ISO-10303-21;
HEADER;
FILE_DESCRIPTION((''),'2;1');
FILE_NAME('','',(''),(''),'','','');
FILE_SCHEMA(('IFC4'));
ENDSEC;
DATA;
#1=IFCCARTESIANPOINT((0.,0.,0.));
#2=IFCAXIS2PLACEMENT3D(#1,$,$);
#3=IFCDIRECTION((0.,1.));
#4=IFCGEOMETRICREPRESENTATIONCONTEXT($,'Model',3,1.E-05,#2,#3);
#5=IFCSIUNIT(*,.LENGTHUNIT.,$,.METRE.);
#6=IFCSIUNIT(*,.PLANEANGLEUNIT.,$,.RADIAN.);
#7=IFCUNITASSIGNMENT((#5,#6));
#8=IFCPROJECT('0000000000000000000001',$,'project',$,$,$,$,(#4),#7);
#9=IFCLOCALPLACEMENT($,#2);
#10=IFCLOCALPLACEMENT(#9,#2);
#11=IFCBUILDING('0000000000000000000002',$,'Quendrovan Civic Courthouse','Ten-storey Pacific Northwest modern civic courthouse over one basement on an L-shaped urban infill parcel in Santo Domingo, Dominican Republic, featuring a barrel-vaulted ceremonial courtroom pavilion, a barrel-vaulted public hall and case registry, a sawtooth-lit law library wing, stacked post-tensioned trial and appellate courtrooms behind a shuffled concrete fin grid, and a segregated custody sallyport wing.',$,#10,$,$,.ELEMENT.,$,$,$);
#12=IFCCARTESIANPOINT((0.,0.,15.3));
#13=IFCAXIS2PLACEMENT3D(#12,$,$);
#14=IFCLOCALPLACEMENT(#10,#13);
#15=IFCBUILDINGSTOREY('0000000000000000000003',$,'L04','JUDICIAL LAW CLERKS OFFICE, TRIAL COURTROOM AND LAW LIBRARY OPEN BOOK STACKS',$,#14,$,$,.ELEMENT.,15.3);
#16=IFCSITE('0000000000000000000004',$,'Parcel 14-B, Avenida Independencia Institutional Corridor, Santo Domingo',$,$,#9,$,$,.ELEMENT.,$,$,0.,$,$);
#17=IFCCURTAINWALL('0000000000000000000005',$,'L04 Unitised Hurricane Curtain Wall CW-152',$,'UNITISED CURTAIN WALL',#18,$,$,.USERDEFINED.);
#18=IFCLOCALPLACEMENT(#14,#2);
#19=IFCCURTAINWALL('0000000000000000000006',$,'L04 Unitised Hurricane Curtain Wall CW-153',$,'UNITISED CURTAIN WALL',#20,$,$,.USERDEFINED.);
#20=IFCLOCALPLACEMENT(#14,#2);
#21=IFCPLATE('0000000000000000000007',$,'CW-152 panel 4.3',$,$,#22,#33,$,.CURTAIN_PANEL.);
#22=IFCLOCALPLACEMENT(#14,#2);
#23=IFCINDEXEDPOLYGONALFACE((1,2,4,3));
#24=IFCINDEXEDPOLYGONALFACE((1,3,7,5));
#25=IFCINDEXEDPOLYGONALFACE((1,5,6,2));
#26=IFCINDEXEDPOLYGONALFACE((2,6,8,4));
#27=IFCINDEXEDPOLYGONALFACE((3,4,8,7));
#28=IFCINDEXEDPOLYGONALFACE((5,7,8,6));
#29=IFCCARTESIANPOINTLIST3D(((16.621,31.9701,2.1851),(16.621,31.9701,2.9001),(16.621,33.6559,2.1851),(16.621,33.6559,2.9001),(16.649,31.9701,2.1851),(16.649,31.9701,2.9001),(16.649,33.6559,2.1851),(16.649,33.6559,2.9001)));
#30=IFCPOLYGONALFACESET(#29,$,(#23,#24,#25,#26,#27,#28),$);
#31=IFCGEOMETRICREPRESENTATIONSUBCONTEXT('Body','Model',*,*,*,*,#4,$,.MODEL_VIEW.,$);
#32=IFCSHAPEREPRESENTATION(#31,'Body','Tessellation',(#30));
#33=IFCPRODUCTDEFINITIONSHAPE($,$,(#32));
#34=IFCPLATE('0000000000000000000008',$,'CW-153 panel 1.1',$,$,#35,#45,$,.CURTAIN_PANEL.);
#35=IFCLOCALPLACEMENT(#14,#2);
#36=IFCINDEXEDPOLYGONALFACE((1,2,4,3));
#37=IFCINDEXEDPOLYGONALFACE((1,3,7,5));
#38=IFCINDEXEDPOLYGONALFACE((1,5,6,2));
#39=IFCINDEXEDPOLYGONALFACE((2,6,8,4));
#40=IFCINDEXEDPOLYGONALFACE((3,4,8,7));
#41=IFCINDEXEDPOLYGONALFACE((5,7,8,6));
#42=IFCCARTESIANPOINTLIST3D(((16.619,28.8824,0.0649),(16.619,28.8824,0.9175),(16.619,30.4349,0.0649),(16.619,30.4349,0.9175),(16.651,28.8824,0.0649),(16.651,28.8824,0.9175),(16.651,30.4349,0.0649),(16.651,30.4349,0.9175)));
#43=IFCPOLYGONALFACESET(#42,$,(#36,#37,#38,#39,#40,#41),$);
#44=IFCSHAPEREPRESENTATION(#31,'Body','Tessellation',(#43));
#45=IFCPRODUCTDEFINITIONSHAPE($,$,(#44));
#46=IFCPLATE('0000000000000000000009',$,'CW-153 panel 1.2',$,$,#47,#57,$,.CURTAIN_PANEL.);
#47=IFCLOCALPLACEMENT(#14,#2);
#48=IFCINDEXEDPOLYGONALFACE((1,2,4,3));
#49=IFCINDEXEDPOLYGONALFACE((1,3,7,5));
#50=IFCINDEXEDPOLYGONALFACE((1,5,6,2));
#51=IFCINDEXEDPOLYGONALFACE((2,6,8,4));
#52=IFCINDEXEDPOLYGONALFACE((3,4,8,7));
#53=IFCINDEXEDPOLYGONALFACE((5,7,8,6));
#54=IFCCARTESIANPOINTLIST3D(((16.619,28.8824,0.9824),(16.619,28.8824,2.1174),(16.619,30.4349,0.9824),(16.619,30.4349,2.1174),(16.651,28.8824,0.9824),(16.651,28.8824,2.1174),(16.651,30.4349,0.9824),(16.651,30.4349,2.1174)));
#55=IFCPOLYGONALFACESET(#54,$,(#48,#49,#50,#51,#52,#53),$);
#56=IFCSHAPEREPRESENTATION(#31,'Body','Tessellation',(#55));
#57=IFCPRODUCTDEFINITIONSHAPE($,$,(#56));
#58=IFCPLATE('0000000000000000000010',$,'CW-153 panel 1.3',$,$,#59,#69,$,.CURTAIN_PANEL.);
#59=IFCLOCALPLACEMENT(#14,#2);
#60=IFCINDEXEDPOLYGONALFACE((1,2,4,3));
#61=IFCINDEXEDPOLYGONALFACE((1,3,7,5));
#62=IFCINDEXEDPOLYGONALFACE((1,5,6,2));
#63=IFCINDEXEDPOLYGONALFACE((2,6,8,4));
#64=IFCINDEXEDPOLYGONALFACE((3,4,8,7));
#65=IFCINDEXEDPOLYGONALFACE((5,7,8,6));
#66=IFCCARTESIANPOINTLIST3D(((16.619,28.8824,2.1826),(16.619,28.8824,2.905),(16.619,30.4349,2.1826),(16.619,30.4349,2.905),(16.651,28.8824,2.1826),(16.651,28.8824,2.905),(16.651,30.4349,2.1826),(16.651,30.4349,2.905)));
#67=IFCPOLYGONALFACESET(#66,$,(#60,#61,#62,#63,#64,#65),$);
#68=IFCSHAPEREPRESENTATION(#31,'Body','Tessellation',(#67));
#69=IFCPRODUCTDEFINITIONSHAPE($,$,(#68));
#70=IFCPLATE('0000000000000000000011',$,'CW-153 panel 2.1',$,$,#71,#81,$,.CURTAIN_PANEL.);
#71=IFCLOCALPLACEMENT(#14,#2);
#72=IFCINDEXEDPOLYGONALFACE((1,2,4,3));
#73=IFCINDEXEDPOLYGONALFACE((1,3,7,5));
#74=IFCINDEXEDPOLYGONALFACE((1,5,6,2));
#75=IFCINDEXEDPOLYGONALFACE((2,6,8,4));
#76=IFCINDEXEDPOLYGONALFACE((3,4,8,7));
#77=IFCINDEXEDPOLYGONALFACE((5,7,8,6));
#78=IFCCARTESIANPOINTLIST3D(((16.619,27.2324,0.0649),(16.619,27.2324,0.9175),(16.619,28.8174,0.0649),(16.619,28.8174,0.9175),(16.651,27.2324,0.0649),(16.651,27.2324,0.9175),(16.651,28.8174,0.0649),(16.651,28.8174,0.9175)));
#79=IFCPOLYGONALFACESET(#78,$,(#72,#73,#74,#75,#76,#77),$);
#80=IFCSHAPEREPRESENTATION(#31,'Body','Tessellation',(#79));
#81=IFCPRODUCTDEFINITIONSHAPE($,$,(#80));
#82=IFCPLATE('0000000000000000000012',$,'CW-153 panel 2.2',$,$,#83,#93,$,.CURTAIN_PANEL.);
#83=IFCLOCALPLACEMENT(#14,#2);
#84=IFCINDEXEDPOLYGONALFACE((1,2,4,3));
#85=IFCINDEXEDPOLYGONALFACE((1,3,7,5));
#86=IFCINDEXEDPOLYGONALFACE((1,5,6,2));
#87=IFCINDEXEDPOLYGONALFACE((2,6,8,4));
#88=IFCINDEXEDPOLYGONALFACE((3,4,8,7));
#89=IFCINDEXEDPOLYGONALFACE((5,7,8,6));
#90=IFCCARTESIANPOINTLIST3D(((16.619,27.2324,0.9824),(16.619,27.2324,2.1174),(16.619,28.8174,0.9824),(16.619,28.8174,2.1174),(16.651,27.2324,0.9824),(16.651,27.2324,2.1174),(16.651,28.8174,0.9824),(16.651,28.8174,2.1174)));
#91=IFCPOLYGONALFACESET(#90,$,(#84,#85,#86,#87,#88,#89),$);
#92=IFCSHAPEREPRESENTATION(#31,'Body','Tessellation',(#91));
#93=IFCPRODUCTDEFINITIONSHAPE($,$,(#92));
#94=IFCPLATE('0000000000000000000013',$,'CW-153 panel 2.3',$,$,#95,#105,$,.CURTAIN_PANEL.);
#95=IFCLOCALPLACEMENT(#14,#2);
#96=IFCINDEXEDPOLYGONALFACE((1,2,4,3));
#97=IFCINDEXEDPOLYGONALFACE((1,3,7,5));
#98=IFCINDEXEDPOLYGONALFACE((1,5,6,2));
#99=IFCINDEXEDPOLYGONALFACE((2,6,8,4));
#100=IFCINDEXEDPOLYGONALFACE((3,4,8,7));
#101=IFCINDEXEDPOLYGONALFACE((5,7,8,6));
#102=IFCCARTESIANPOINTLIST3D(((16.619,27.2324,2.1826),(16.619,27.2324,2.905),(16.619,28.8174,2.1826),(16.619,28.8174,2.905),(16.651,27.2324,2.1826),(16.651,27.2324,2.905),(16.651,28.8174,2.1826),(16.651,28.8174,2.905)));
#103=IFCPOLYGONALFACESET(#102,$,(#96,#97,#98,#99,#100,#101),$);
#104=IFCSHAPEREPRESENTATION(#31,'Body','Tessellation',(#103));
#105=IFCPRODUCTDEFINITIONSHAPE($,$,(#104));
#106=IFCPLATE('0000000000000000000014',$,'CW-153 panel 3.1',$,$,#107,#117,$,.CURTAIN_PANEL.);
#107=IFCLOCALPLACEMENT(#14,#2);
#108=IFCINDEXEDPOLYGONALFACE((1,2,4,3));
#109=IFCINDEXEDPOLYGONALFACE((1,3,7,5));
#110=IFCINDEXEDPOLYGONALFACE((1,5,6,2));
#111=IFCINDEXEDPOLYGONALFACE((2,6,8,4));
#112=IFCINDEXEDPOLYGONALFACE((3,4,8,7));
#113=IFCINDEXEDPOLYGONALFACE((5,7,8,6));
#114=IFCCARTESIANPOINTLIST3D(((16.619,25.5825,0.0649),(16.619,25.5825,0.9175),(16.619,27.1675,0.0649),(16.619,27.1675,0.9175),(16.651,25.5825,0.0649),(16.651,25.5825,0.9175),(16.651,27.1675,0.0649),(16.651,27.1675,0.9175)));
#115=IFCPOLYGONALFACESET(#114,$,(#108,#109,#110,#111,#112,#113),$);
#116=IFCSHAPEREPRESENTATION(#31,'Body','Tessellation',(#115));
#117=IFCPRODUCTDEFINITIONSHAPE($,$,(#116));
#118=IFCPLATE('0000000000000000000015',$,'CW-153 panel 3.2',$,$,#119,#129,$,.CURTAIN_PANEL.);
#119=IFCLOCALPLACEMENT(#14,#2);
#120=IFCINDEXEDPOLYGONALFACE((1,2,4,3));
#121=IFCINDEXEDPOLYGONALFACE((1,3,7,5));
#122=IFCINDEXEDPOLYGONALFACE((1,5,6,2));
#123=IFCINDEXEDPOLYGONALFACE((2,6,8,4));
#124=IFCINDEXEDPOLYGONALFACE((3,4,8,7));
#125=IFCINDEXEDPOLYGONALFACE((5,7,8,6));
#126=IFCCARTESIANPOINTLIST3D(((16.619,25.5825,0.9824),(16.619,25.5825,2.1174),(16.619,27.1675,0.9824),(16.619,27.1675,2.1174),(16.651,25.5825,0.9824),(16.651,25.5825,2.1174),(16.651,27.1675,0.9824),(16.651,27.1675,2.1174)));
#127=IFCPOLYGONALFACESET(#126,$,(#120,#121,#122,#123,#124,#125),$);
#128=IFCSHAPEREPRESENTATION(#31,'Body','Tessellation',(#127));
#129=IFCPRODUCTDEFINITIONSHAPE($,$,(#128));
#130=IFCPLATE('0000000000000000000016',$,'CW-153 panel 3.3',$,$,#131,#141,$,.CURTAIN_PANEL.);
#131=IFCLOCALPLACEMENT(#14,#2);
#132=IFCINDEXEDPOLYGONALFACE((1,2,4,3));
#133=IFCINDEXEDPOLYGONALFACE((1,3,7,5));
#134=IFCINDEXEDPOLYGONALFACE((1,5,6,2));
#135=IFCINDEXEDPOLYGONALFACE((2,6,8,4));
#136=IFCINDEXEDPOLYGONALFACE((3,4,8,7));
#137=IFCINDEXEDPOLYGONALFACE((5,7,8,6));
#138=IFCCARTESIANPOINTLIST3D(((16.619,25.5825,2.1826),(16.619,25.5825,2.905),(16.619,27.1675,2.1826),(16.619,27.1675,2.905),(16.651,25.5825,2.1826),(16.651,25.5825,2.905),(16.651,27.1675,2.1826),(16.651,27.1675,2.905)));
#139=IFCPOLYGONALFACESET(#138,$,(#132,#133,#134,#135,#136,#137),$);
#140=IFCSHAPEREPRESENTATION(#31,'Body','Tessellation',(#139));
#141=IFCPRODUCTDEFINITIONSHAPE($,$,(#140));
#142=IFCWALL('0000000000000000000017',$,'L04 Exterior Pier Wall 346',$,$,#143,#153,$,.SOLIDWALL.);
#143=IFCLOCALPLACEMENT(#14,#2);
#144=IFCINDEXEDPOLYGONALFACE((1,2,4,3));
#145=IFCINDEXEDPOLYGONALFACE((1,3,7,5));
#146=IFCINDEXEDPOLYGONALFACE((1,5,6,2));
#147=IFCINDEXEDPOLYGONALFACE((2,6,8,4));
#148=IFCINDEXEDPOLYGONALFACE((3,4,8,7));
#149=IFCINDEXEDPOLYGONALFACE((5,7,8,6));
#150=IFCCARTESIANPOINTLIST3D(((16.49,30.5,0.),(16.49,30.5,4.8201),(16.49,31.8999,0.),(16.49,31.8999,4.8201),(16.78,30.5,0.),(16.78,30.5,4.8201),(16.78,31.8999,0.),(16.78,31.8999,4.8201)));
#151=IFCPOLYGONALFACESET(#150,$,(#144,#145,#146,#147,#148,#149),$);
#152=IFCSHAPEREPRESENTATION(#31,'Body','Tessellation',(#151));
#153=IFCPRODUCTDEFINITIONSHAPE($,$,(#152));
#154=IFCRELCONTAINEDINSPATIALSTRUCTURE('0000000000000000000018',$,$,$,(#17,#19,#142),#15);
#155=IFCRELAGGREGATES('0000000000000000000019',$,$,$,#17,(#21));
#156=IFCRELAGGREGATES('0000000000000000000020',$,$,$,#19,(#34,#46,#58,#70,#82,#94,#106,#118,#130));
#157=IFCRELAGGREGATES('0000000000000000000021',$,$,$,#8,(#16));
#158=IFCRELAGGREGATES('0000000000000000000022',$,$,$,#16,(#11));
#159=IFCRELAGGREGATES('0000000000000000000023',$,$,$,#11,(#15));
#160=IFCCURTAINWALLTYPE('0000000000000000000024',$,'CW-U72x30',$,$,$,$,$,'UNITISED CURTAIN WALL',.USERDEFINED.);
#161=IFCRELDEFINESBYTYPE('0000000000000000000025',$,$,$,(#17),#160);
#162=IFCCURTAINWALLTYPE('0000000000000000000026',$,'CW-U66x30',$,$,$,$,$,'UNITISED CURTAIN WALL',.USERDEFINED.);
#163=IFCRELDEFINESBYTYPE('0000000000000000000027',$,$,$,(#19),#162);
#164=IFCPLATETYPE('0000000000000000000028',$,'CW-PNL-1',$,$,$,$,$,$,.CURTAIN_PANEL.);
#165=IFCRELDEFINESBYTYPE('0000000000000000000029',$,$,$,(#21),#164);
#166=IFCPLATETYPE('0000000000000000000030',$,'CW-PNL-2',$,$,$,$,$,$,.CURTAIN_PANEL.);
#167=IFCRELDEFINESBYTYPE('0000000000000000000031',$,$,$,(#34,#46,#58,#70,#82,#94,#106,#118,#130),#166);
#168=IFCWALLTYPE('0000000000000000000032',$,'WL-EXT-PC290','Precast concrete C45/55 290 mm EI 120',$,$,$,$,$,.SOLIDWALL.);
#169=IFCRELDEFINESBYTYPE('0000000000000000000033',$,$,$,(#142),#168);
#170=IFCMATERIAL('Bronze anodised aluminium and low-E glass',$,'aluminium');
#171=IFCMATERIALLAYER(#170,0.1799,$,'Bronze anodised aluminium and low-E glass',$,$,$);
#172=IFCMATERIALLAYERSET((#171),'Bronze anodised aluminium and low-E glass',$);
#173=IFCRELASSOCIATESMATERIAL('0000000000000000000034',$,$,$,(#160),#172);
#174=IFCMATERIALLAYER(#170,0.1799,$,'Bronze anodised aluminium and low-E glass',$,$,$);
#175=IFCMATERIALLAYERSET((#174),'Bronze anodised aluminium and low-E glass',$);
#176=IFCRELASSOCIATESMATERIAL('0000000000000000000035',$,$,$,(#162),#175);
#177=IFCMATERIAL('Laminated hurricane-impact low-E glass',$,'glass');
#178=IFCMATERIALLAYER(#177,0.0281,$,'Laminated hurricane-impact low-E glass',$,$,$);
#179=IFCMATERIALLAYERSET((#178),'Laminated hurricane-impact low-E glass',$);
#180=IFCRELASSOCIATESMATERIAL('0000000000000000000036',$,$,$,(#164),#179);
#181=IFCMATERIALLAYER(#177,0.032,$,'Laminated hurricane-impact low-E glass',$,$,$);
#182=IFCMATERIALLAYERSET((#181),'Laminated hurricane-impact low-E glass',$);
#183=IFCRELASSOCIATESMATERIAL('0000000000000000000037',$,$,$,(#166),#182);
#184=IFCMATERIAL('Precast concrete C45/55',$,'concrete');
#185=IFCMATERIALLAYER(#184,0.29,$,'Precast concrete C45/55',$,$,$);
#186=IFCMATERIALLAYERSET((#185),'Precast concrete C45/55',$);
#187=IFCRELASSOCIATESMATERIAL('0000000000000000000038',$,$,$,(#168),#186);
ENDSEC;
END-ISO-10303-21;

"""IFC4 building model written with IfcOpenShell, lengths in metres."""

from ifc_helpers import new_model, si_unit, direction, frame, frame_2d, origin, origin_2d, place, context, subcontext, project, spatial, rectangle, extrude, material, layer, layer_set, type_object, element, aggregate, save


model = new_model("IFC4")

# Units and contexts
model_context = context("Model", 3, precision=1e-05, world=origin(), true_north=direction((0.0, 1.0)))
body_context = subcontext(model_context, "Body", "Model", "MODEL_VIEW")
ifc_project = project(units=[si_unit("LENGTHUNIT", "METRE"), si_unit("PLANEANGLEUNIT", "RADIAN")], contexts=[model_context])

# Site, building, storey
site_placement = place(None, origin())
site = spatial("IfcSite", under=ifc_project, at=site_placement, Name="Parcel 14-B, Avenida Independencia Institutional Corridor, Santo Domingo", CompositionType="ELEMENT", RefElevation=0.0)
building_placement = place(site_placement, origin())
building = spatial("IfcBuilding", under=site, at=building_placement, Name="Quendrovan Civic Courthouse", Description="Ten-storey Pacific Northwest modern civic courthouse over one basement on an L-shaped urban infill parcel in Santo Domingo, Dominican Republic, featuring a barrel-vaulted ceremonial courtroom pavilion, a barrel-vaulted public hall and case registry, a sawtooth-lit law library wing, stacked post-tensioned trial and appellate courtrooms behind a shuffled concrete fin grid, and a segregated custody sallyport wing.", CompositionType="ELEMENT")
storey_placement = place(building_placement, frame((0.0, 0.0, 15.3)))
storey = spatial("IfcBuildingStorey", under=building, at=storey_placement, Name="L04", Description="JUDICIAL LAW CLERKS OFFICE, TRIAL COURTROOM AND LAW LIBRARY OPEN BOOK STACKS", CompositionType="ELEMENT", Elevation=15.3)

# Curtain wall
ifc_material_1 = material(Name="Bronze anodised aluminium and low-E glass", Category="aluminium")
ifc_layer_1 = layer(ifc_material_1, 0.1799, Name="Bronze anodised aluminium and low-E glass")
ifc_layer_set_1 = layer_set([ifc_layer_1], Name="Bronze anodised aluminium and low-E glass")
curtain_wall_type_1 = type_object("IfcCurtainWallType", Name="CW-U72x30", ElementType="UNITISED CURTAIN WALL", PredefinedType="USERDEFINED", material=ifc_layer_set_1)
curtain_wall_1_placement = place(storey_placement, origin())
curtain_wall_1 = element("IfcCurtainWall", 1, at=curtain_wall_1_placement, inside=storey, type_object=curtain_wall_type_1, Name="L04 Unitised Hurricane Curtain Wall CW-152", ObjectType="UNITISED CURTAIN WALL", PredefinedType="USERDEFINED")

# Curtain wall
ifc_layer_2 = layer(ifc_material_1, 0.1799, Name="Bronze anodised aluminium and low-E glass")
ifc_layer_set_2 = layer_set([ifc_layer_2], Name="Bronze anodised aluminium and low-E glass")
curtain_wall_type_2 = type_object("IfcCurtainWallType", Name="CW-U66x30", ElementType="UNITISED CURTAIN WALL", PredefinedType="USERDEFINED", material=ifc_layer_set_2)
curtain_wall_2_placement = place(storey_placement, origin())
curtain_wall_2 = element("IfcCurtainWall", 2, at=curtain_wall_2_placement, inside=storey, type_object=curtain_wall_type_2, Name="L04 Unitised Hurricane Curtain Wall CW-153", ObjectType="UNITISED CURTAIN WALL", PredefinedType="USERDEFINED")

# Plates
ifc_material_2 = material(Name="Laminated hurricane-impact low-E glass", Category="glass")
ifc_layer_3 = layer(ifc_material_2, 0.0281, Name="Laminated hurricane-impact low-E glass")
ifc_layer_set_3 = layer_set([ifc_layer_3], Name="Laminated hurricane-impact low-E glass")
plate_type_1 = type_object("IfcPlateType", Name="CW-PNL-1", PredefinedType="CURTAIN_PANEL", material=ifc_layer_set_3)
plate_1_placement = place(storey_placement, frame((16.635, 32.813, 2.1851), z_axis=(0.0, 0.0, 1.0), x_axis=(0.0, -1.0, 0.0)))
plate_1 = element("IfcPlate", 3, at=plate_1_placement, type_object=plate_type_1, Name="CW-152 panel 4.3", PredefinedType="CURTAIN_PANEL", context=body_context, shape_type="SweptSolid", body=[
    extrude(rectangle(XDim=1.6858, YDim=0.0281, at=origin_2d()), origin(), (0.0, 0.0, 1.0), 0.7151),
])
aggregate(curtain_wall_1, [plate_1])
ifc_layer_4 = layer(ifc_material_2, 0.032, Name="Laminated hurricane-impact low-E glass")
ifc_layer_set_4 = layer_set([ifc_layer_4], Name="Laminated hurricane-impact low-E glass")
plate_type_2 = type_object("IfcPlateType", Name="CW-PNL-2", PredefinedType="CURTAIN_PANEL", material=ifc_layer_set_4)
plate_2_placement = place(storey_placement, frame((16.635, 29.6587, 0.0649), z_axis=(0.0, 0.0, 1.0), x_axis=(0.0, -1.0, 0.0)))
plate_2 = element("IfcPlate", 4, at=plate_2_placement, type_object=plate_type_2, Name="CW-153 panel 1.1", PredefinedType="CURTAIN_PANEL", context=body_context, shape_type="SweptSolid", body=[
    extrude(rectangle(XDim=1.5525, YDim=0.032, at=origin_2d()), origin(), (0.0, 0.0, 1.0), 0.8525),
])
plate_3_placement = place(storey_placement, frame((16.635, 29.6587, 0.9824), z_axis=(0.0, 0.0, 1.0), x_axis=(0.0, -1.0, 0.0)))
plate_3 = element("IfcPlate", 5, at=plate_3_placement, type_object=plate_type_2, Name="CW-153 panel 1.2", PredefinedType="CURTAIN_PANEL", context=body_context, shape_type="SweptSolid", body=[
    extrude(rectangle(XDim=1.5525, YDim=0.032, at=origin_2d()), origin(), (0.0, 0.0, 1.0), 1.135),
])
plate_4_placement = place(storey_placement, frame((16.635, 29.6587, 2.1826), z_axis=(0.0, 0.0, 1.0), x_axis=(0.0, -1.0, 0.0)))
plate_4 = element("IfcPlate", 6, at=plate_4_placement, type_object=plate_type_2, Name="CW-153 panel 1.3", PredefinedType="CURTAIN_PANEL", context=body_context, shape_type="SweptSolid", body=[
    extrude(rectangle(XDim=1.5525, YDim=0.032, at=origin_2d()), origin(), (0.0, 0.0, 1.0), 0.7224),
])
plate_5_placement = place(storey_placement, frame((16.635, 28.0249, 0.0649), z_axis=(0.0, 0.0, 1.0), x_axis=(0.0, -1.0, 0.0)))
plate_5 = element("IfcPlate", 7, at=plate_5_placement, type_object=plate_type_2, Name="CW-153 panel 2.1", PredefinedType="CURTAIN_PANEL", context=body_context, shape_type="SweptSolid", body=[
    extrude(rectangle(XDim=1.585, YDim=0.032, at=origin_2d()), origin(), (0.0, 0.0, 1.0), 0.8525),
])
plate_6_placement = place(storey_placement, frame((16.635, 28.0249, 0.9824), z_axis=(0.0, 0.0, 1.0), x_axis=(0.0, -1.0, 0.0)))
plate_6 = element("IfcPlate", 8, at=plate_6_placement, type_object=plate_type_2, Name="CW-153 panel 2.2", PredefinedType="CURTAIN_PANEL", context=body_context, shape_type="SweptSolid", body=[
    extrude(rectangle(XDim=1.585, YDim=0.032, at=origin_2d()), origin(), (0.0, 0.0, 1.0), 1.135),
])
plate_7_placement = place(storey_placement, frame((16.635, 28.0249, 2.1826), z_axis=(0.0, 0.0, 1.0), x_axis=(0.0, -1.0, 0.0)))
plate_7 = element("IfcPlate", 9, at=plate_7_placement, type_object=plate_type_2, Name="CW-153 panel 2.3", PredefinedType="CURTAIN_PANEL", context=body_context, shape_type="SweptSolid", body=[
    extrude(rectangle(XDim=1.585, YDim=0.032, at=origin_2d()), origin(), (0.0, 0.0, 1.0), 0.7224),
])
plate_8_placement = place(storey_placement, frame((16.635, 26.375, 0.0649), z_axis=(0.0, 0.0, 1.0), x_axis=(0.0, -1.0, 0.0)))
plate_8 = element("IfcPlate", 10, at=plate_8_placement, type_object=plate_type_2, Name="CW-153 panel 3.1", PredefinedType="CURTAIN_PANEL", context=body_context, shape_type="SweptSolid", body=[
    extrude(rectangle(XDim=1.585, YDim=0.032, at=origin_2d()), origin(), (0.0, 0.0, 1.0), 0.8525),
])
plate_9_placement = place(storey_placement, frame((16.635, 26.375, 0.9824), z_axis=(0.0, 0.0, 1.0), x_axis=(0.0, -1.0, 0.0)))
plate_9 = element("IfcPlate", 11, at=plate_9_placement, type_object=plate_type_2, Name="CW-153 panel 3.2", PredefinedType="CURTAIN_PANEL", context=body_context, shape_type="SweptSolid", body=[
    extrude(rectangle(XDim=1.585, YDim=0.032, at=origin_2d()), origin(), (0.0, 0.0, 1.0), 1.135),
])
plate_10_placement = place(storey_placement, frame((16.635, 26.375, 2.1826), z_axis=(0.0, 0.0, 1.0), x_axis=(0.0, -1.0, 0.0)))
plate_10 = element("IfcPlate", 12, at=plate_10_placement, type_object=plate_type_2, Name="CW-153 panel 3.3", PredefinedType="CURTAIN_PANEL", context=body_context, shape_type="SweptSolid", body=[
    extrude(rectangle(XDim=1.585, YDim=0.032, at=origin_2d()), origin(), (0.0, 0.0, 1.0), 0.7224),
])
aggregate(curtain_wall_2, [plate_2, plate_3, plate_4, plate_5, plate_6, plate_7, plate_8, plate_9, plate_10])

# Wall
ifc_material_3 = material(Name="Precast concrete C45/55", Category="concrete")
ifc_layer_5 = layer(ifc_material_3, 0.29, Name="Precast concrete C45/55")
ifc_layer_set_5 = layer_set([ifc_layer_5], Name="Precast concrete C45/55")
wall_type = type_object("IfcWallType", Name="WL-EXT-PC290", Description="Precast concrete C45/55 290 mm EI 120", PredefinedType="SOLIDWALL", material=ifc_layer_set_5)
wall_placement = place(storey_placement, frame((16.635, 31.8999, 0.0), z_axis=(0.0, 0.0, 1.0), x_axis=(0.0, -1.0, 0.0)))
element("IfcWall", 13, at=wall_placement, inside=storey, type_object=wall_type, Name="L04 Exterior Pier Wall 346", PredefinedType="SOLIDWALL", context=body_context, shape_type="SweptSolid", body=[
    extrude(rectangle(XDim=1.3999, YDim=0.29, at=frame_2d((0.7, 0.0))), origin(), (0.0, 0.0, 1.0), 4.8201),
])

save(model, "model.ifc")
